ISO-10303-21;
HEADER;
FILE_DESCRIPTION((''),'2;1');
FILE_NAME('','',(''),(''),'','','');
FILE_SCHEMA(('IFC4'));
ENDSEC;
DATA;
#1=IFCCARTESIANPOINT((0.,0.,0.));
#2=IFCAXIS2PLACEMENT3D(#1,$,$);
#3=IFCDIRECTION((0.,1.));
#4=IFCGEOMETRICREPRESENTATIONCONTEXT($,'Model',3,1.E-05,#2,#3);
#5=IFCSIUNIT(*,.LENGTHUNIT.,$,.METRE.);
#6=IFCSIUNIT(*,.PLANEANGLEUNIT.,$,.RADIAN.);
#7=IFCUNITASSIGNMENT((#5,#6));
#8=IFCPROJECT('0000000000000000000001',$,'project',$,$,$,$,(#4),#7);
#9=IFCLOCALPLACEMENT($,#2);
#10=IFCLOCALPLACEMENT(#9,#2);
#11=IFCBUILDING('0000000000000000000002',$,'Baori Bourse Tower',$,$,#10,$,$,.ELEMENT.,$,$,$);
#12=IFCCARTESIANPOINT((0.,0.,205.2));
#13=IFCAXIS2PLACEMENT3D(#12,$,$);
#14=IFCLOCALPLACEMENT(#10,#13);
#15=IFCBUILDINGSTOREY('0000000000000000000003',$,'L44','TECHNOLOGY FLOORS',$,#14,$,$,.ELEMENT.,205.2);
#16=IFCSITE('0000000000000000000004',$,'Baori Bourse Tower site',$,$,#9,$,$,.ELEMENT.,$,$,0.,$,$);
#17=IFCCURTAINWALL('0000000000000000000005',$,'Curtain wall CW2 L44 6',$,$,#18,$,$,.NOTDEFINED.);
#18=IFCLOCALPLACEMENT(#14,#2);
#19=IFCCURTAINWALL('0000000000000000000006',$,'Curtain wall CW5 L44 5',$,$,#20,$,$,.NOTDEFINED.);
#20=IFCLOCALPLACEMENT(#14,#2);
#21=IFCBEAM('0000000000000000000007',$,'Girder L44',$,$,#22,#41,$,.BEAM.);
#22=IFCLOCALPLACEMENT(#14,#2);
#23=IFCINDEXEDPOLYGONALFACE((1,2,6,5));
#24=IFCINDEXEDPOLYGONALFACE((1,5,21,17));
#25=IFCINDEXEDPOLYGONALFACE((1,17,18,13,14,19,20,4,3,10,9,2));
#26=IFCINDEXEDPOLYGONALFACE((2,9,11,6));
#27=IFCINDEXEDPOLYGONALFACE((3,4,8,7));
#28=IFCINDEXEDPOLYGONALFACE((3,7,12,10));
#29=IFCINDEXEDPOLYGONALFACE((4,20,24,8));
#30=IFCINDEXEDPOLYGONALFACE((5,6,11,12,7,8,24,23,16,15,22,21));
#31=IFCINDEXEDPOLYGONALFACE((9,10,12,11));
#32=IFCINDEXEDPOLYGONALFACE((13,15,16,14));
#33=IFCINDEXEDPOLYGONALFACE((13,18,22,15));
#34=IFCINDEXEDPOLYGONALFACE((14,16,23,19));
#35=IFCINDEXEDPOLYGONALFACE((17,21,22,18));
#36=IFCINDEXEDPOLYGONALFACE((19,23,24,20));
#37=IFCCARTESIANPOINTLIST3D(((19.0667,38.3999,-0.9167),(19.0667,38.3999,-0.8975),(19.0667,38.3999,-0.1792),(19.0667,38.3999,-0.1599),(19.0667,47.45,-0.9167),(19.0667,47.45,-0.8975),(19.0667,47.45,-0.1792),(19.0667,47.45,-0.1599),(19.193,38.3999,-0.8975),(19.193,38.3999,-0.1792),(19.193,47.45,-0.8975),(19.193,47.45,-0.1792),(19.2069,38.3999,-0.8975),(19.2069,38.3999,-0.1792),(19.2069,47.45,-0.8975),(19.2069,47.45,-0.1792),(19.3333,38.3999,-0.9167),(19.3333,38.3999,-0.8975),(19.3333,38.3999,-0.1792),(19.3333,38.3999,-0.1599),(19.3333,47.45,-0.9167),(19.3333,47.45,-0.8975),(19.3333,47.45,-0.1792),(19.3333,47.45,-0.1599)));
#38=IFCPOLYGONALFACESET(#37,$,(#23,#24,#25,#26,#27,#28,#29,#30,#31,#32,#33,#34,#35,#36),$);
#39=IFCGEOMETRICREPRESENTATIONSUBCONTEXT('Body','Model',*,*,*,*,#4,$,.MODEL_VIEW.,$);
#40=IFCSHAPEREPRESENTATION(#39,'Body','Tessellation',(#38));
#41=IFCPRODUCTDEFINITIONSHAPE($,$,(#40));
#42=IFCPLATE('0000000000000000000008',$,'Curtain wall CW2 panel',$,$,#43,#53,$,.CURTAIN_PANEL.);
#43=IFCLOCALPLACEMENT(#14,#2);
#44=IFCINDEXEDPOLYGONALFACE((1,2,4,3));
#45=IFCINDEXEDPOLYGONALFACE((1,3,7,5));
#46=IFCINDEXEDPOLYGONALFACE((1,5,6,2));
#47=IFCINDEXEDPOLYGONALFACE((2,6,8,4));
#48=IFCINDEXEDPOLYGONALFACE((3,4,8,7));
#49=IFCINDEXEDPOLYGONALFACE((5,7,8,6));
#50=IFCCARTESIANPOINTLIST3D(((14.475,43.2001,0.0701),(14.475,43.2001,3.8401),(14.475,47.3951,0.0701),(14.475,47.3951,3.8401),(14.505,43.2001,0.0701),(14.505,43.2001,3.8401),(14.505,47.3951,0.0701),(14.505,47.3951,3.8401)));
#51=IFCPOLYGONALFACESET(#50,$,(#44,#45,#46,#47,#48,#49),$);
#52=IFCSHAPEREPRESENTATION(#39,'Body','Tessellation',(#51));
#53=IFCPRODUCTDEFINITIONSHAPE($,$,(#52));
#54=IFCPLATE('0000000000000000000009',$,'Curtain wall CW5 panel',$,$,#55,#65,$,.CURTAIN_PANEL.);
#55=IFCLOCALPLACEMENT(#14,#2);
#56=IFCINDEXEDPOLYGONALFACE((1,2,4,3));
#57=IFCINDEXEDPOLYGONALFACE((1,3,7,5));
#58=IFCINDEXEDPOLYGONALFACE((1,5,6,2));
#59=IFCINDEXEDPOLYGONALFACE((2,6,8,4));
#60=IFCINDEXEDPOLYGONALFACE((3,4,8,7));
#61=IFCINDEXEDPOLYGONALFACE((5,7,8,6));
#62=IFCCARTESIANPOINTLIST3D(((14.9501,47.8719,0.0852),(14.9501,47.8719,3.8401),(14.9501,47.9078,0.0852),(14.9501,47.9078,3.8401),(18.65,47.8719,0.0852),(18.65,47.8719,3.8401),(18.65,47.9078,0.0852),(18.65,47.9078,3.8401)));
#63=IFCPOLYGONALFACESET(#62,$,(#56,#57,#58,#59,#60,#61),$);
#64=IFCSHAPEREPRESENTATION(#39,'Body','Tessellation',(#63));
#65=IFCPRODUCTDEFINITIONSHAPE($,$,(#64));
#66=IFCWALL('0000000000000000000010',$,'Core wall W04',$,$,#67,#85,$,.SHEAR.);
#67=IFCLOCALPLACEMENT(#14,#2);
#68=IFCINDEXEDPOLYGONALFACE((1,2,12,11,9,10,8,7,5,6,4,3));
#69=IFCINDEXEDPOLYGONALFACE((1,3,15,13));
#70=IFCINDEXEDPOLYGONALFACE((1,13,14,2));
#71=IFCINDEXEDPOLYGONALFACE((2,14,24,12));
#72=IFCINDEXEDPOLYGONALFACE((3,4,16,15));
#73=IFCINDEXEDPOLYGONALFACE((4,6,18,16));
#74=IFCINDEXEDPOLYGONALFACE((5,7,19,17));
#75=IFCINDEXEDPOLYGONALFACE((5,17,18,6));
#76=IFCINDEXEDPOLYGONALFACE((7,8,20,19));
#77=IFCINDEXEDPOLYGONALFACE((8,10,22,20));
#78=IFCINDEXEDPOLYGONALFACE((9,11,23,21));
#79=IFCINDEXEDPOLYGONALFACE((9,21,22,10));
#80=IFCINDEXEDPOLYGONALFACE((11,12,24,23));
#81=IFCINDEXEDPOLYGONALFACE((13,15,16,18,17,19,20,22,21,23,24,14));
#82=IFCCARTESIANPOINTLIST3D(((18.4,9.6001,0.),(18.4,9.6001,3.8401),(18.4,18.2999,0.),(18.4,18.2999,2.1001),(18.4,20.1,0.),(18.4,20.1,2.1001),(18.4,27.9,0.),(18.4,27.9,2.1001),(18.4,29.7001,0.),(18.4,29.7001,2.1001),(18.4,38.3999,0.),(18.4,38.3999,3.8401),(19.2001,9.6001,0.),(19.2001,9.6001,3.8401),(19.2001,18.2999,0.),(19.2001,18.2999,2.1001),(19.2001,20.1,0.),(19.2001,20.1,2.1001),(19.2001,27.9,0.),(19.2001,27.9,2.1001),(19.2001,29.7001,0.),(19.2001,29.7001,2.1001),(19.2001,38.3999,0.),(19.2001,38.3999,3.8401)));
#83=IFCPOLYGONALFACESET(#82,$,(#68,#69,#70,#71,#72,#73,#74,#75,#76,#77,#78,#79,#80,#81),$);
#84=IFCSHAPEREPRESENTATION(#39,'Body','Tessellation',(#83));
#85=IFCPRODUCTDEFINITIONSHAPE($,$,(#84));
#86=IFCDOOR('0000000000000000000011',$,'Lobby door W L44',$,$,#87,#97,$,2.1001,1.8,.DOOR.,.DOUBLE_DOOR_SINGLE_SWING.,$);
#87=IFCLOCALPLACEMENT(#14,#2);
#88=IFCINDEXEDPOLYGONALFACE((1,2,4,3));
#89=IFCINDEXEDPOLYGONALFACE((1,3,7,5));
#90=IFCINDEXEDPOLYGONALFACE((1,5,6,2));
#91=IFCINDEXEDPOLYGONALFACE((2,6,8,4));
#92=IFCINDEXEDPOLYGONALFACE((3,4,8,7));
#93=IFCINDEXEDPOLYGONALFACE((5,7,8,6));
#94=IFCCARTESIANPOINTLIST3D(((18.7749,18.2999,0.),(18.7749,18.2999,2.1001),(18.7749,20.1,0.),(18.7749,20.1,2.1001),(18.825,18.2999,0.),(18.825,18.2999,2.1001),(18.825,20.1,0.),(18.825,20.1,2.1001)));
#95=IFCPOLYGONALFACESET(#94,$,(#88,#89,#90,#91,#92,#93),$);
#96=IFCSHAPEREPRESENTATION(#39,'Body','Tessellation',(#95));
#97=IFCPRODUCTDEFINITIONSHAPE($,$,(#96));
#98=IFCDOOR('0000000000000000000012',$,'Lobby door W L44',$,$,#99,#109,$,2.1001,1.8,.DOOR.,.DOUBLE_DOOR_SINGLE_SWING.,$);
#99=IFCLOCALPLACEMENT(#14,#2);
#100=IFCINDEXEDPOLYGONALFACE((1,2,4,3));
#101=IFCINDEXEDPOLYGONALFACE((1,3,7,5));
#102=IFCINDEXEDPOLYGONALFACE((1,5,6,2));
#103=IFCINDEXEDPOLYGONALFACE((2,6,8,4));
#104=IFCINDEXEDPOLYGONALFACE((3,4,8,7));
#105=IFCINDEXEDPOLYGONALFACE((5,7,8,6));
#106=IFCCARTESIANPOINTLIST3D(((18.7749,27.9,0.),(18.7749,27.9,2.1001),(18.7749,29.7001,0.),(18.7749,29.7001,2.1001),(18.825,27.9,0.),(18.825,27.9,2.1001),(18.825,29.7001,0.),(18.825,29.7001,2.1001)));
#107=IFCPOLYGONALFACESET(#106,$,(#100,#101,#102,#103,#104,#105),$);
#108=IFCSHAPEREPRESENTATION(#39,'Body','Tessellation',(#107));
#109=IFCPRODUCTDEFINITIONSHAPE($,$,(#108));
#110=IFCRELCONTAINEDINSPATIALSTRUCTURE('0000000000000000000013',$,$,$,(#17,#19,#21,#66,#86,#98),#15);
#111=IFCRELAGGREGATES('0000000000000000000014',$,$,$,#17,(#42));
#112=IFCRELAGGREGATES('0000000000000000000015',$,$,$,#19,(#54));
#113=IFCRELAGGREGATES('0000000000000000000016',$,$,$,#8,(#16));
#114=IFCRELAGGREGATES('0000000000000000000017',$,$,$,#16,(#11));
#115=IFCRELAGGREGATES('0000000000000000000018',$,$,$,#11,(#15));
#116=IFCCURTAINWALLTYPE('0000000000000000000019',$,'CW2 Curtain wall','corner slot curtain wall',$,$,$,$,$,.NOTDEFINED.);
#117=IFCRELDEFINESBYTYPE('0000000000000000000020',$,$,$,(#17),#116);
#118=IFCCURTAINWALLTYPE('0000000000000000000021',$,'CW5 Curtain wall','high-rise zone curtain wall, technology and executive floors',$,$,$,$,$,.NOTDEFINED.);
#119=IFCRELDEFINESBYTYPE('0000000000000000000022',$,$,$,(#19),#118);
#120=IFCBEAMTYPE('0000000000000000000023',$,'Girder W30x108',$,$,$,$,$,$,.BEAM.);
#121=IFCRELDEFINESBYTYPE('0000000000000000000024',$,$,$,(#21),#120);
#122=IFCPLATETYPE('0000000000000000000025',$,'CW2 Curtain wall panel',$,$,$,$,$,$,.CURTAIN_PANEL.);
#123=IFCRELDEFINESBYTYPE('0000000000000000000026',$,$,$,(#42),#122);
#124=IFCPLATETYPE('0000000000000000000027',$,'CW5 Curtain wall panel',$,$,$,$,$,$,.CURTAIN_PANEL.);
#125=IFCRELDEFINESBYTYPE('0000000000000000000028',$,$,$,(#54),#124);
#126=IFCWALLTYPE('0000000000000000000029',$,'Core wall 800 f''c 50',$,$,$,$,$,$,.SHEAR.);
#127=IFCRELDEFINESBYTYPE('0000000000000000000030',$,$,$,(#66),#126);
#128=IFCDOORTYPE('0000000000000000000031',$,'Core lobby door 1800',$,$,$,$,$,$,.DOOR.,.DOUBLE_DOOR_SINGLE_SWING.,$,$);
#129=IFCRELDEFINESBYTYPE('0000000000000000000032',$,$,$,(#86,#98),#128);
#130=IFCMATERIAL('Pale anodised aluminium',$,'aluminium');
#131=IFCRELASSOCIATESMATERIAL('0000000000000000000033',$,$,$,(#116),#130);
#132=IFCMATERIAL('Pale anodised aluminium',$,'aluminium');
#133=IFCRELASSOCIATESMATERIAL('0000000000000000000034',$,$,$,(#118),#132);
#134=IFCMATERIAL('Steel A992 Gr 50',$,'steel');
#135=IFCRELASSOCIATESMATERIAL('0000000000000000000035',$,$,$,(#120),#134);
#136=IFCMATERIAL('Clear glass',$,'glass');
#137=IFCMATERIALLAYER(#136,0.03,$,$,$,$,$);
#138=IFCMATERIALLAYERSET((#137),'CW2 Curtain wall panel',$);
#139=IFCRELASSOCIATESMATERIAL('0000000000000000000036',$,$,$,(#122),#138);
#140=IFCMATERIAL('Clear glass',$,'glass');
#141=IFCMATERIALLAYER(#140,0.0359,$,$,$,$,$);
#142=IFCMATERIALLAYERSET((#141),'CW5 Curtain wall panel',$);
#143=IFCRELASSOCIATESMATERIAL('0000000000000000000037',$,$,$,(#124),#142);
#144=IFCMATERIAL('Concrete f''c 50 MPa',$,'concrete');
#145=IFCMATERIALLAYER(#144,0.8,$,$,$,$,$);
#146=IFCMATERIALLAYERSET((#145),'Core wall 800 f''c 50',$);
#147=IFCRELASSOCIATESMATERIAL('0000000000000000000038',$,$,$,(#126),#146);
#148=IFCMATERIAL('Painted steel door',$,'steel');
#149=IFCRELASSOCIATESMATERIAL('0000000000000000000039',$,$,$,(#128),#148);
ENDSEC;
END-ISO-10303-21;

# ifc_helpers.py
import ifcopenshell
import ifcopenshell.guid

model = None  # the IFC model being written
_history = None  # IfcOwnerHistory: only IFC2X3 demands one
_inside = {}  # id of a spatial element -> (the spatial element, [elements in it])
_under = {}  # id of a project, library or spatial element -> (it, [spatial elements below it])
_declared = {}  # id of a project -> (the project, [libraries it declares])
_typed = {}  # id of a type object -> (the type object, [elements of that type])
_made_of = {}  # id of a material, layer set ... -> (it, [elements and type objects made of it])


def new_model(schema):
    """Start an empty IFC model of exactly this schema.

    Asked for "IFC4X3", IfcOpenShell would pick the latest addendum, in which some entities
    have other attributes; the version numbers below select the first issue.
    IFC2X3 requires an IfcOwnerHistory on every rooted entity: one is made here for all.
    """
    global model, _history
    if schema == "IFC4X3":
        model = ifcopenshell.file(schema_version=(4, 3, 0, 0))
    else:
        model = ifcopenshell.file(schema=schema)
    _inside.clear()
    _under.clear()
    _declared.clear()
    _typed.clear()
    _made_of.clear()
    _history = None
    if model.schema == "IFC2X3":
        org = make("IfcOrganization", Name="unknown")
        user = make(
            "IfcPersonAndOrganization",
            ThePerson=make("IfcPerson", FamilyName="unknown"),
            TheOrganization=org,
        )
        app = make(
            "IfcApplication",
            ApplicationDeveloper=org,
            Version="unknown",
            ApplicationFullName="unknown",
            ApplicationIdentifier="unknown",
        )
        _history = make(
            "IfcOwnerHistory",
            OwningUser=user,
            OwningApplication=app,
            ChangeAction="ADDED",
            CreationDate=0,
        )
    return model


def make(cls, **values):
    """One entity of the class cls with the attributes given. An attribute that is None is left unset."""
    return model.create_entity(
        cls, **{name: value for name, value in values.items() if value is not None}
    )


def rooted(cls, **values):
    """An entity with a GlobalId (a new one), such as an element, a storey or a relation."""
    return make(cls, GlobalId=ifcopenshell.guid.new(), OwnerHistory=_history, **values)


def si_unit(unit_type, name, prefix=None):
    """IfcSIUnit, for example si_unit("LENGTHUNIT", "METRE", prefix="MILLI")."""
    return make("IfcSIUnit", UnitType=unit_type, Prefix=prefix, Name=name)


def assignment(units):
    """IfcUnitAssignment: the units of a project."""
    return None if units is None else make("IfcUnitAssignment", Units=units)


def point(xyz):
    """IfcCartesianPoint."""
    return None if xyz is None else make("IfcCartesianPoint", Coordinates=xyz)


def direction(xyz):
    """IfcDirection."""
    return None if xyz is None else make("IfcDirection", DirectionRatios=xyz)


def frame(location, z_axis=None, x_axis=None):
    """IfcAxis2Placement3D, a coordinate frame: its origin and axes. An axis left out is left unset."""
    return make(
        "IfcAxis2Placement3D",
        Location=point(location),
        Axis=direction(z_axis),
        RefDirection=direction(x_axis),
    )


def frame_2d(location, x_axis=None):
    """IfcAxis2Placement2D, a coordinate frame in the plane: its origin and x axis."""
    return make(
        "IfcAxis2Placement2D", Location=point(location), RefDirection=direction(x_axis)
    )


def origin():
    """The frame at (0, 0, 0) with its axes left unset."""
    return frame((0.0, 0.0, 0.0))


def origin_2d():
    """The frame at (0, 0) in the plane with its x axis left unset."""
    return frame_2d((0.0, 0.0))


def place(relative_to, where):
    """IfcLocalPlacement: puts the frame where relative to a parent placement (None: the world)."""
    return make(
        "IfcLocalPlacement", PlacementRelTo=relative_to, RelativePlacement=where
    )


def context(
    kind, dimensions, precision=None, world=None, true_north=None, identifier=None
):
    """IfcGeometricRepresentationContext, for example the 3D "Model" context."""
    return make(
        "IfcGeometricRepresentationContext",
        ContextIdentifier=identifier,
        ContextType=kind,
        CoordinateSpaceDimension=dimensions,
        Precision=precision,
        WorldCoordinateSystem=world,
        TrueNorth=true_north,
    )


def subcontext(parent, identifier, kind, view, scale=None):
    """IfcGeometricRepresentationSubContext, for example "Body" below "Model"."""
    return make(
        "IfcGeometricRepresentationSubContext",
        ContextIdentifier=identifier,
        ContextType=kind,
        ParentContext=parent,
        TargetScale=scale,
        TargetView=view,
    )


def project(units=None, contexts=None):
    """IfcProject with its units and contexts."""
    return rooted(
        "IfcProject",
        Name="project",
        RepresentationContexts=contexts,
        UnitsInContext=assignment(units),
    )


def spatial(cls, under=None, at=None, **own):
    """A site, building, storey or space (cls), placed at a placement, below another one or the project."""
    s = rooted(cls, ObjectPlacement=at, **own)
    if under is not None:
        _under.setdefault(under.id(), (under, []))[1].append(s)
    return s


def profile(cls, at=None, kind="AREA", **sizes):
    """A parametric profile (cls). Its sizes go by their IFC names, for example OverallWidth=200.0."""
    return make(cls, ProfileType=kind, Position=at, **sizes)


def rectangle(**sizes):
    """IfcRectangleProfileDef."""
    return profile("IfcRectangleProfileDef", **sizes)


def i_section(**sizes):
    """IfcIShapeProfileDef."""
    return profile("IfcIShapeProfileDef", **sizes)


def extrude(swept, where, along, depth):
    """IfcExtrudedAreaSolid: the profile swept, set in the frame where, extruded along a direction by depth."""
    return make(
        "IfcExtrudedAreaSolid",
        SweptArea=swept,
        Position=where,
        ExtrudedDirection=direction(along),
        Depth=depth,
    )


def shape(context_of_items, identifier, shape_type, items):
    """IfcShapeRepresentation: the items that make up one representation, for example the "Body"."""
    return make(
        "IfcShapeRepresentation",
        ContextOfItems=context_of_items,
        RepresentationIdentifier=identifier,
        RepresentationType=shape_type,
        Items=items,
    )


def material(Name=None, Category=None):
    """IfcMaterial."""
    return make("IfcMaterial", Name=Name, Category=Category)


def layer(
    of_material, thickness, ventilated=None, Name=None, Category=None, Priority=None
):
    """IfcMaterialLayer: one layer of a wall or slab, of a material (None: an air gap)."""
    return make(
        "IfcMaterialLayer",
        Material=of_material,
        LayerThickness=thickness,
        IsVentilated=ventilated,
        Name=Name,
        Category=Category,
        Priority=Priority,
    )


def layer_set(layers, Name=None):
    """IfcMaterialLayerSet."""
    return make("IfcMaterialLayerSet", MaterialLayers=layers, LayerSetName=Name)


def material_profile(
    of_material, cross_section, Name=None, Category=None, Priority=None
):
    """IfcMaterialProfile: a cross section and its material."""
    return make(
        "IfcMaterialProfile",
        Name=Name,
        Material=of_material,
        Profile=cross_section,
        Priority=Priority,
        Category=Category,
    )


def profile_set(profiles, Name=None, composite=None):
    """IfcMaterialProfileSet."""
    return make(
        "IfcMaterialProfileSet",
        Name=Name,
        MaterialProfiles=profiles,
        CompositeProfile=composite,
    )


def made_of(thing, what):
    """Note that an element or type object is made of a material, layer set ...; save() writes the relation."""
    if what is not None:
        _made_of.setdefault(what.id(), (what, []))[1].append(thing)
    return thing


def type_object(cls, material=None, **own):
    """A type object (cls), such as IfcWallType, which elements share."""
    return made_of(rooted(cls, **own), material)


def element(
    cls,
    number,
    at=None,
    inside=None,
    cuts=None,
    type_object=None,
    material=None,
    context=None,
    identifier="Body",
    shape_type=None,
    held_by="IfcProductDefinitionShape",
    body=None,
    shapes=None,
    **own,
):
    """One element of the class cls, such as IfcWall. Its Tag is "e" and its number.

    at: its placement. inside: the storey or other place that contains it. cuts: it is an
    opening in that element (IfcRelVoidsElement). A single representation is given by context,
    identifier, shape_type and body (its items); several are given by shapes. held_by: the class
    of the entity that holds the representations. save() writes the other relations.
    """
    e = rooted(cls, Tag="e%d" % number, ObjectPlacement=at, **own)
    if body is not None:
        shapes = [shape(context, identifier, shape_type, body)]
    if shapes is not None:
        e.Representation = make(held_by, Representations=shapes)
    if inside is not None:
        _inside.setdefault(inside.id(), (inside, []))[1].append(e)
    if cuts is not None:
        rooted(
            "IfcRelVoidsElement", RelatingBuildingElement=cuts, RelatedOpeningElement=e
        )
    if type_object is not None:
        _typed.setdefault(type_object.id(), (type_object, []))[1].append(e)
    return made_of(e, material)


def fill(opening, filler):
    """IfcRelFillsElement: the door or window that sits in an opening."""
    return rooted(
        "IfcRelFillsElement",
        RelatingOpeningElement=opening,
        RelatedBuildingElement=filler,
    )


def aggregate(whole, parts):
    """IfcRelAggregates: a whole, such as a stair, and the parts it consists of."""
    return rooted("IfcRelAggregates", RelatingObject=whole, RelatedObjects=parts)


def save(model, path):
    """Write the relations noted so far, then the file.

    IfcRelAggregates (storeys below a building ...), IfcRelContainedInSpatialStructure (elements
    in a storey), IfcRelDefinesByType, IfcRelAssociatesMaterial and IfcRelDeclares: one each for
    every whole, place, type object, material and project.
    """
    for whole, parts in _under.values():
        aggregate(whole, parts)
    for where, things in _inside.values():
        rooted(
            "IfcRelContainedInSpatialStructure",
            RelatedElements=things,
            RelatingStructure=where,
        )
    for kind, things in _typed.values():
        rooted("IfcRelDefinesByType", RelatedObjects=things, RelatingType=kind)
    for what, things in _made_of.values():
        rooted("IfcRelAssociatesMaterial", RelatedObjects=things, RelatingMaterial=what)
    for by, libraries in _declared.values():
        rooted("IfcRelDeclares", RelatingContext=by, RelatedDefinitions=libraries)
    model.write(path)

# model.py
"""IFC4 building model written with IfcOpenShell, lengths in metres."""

from ifc_helpers import new_model, si_unit, direction, frame, frame_2d, origin, origin_2d, place, context, subcontext, project, spatial, rectangle, i_section, extrude, material, layer, layer_set, material_profile, profile_set, type_object, element, fill, aggregate, save


model = new_model("IFC4")

# Units and contexts
model_context = context("Model", 3, precision=1e-05, world=origin(), true_north=direction((0.0, 1.0)))
body_context = subcontext(model_context, "Body", "Model", "MODEL_VIEW")
ifc_project = project(units=[si_unit("LENGTHUNIT", "METRE"), si_unit("PLANEANGLEUNIT", "RADIAN")], contexts=[model_context])

# Site, building, storey
site_placement = place(None, origin())
site = spatial("IfcSite", under=ifc_project, at=site_placement, Name="Baori Bourse Tower site", CompositionType="ELEMENT", RefElevation=0.0)
building_placement = place(site_placement, origin())
building = spatial("IfcBuilding", under=site, at=building_placement, Name="Baori Bourse Tower", CompositionType="ELEMENT")
storey_placement = place(building_placement, frame((0.0, 0.0, 205.2)))
storey = spatial("IfcBuildingStorey", under=building, at=storey_placement, Name="L44", Description="TECHNOLOGY FLOORS", CompositionType="ELEMENT", Elevation=205.2)

# Curtain wall
ifc_material_1 = material(Name="Pale anodised aluminium", Category="aluminium")
curtain_wall_type_1 = type_object("IfcCurtainWallType", Name="CW2 Curtain wall", Description="corner slot curtain wall", PredefinedType="NOTDEFINED", material=ifc_material_1)
curtain_wall_1_placement = place(storey_placement, origin())
curtain_wall_1 = element("IfcCurtainWall", 1, at=curtain_wall_1_placement, inside=storey, type_object=curtain_wall_type_1, Name="Curtain wall CW2 L44 6", PredefinedType="NOTDEFINED")

# Curtain wall
ifc_material_2 = material(Name="Pale anodised aluminium", Category="aluminium")
curtain_wall_type_2 = type_object("IfcCurtainWallType", Name="CW5 Curtain wall", Description="high-rise zone curtain wall, technology and executive floors", PredefinedType="NOTDEFINED", material=ifc_material_2)
curtain_wall_2_placement = place(storey_placement, origin())
curtain_wall_2 = element("IfcCurtainWall", 2, at=curtain_wall_2_placement, inside=storey, type_object=curtain_wall_type_2, Name="Curtain wall CW5 L44 5", PredefinedType="NOTDEFINED")

# Beam
ifc_material_3 = material(Name="Steel A992 Gr 50", Category="steel")
ifc_material_profile_1 = material_profile(ifc_material_3, i_section(OverallWidth=0.2666, OverallDepth=0.7568, WebThickness=0.0139, FlangeThickness=0.0193, at=origin_2d()), Name="W30x108")
ifc_profile_set_1 = profile_set([ifc_material_profile_1], Name="Steel A992 Gr 50")
beam_type_1 = type_object("IfcBeamType", Name="Girder W30x108", PredefinedType="BEAM", material=ifc_profile_set_1)
beam_1_placement = place(storey_placement, frame((19.2, 38.3999, -0.5383), z_axis=(0.0, 1.0, 0.0), x_axis=(-1.0, 0.0, 0.0)))
element("IfcBeam", 3, at=beam_1_placement, inside=storey, type_object=beam_type_1, Name="Girder L44", PredefinedType="BEAM", context=body_context, shape_type="SweptSolid", body=[
    extrude(i_section(OverallWidth=0.2666, OverallDepth=0.7568, WebThickness=0.0139, FlangeThickness=0.0193, at=origin_2d()), origin(), (0.0, 0.0, 1.0), 9.05),
])

# Plates
ifc_material_4 = material(Name="Clear glass", Category="glass")
ifc_layer_1 = layer(ifc_material_4, 0.03)
ifc_layer_set_1 = layer_set([ifc_layer_1], Name="CW2 Curtain wall panel")
plate_type_1 = type_object("IfcPlateType", Name="CW2 Curtain wall panel", PredefinedType="CURTAIN_PANEL", material=ifc_layer_set_1)
plate_1_placement = place(storey_placement, frame((14.49, 45.2976, 0.0701), z_axis=(0.0, 0.0, 1.0), x_axis=(0.0, -1.0, 0.0)))
plate_1 = element("IfcPlate", 4, at=plate_1_placement, type_object=plate_type_1, Name="Curtain wall CW2 panel", PredefinedType="CURTAIN_PANEL", context=body_context, shape_type="SweptSolid", body=[
    extrude(rectangle(XDim=4.1951, YDim=0.03, at=origin_2d()), origin(), (0.0, 0.0, 1.0), 3.77),
])
aggregate(curtain_wall_1, [plate_1])
ifc_material_5 = material(Name="Clear glass", Category="glass")
ifc_layer_2 = layer(ifc_material_5, 0.0359)
ifc_layer_set_2 = layer_set([ifc_layer_2], Name="CW5 Curtain wall panel")
plate_type_2 = type_object("IfcPlateType", Name="CW5 Curtain wall panel", PredefinedType="CURTAIN_PANEL", material=ifc_layer_set_2)
plate_2_placement = place(storey_placement, frame((16.8, 47.8899, 0.0852), z_axis=(0.0, 0.0, 1.0), x_axis=(-1.0, 0.0, 0.0)))
plate_2 = element("IfcPlate", 5, at=plate_2_placement, type_object=plate_type_2, Name="Curtain wall CW5 panel", PredefinedType="CURTAIN_PANEL", context=body_context, shape_type="SweptSolid", body=[
    extrude(rectangle(XDim=3.7, YDim=0.0359, at=origin_2d()), origin(), (0.0, 0.0, 1.0), 3.7549),
])
aggregate(curtain_wall_2, [plate_2])

# Wall, openings, doors
ifc_material_6 = material(Name="Concrete f'c 50 MPa", Category="concrete")
ifc_layer_3 = layer(ifc_material_6, 0.8)
ifc_layer_set_3 = layer_set([ifc_layer_3], Name="Core wall 800 f'c 50")
wall_type_1 = type_object("IfcWallType", Name="Core wall 800 f'c 50", PredefinedType="SHEAR", material=ifc_layer_set_3)
wall_1_placement = place(storey_placement, frame((18.8, 38.3999, 0.0), z_axis=(0.0, 0.0, 1.0), x_axis=(0.0, -1.0, 0.0)))
wall_1 = element("IfcWall", 6, at=wall_1_placement, inside=storey, type_object=wall_type_1, Name="Core wall W04", PredefinedType="SHEAR", context=body_context, shape_type="SweptSolid", body=[
    extrude(rectangle(XDim=28.7998, YDim=0.8, at=frame_2d((14.3999, 0.0))), origin(), (0.0, 0.0, 1.0), 3.8401),
])
opening_1_placement = place(wall_1_placement, frame((18.3, 0.0, 0.0)))
opening_1 = element("IfcOpeningElement", 7, at=opening_1_placement, cuts=wall_1, PredefinedType="OPENING", context=body_context, shape_type="SweptSolid", body=[
    extrude(rectangle(XDim=1.8, YDim=2.1001, at=frame_2d((0.8999, 1.05))), frame((0.0, 0.4099, 0.0), z_axis=(0.0, -1.0, 0.0), x_axis=(1.0, 0.0, 0.0)), (0.0, 0.0, 1.0), 0.8201),
])
opening_2_placement = place(wall_1_placement, frame((8.7, 0.0, 0.0)))
opening_2 = element("IfcOpeningElement", 8, at=opening_2_placement, cuts=wall_1, PredefinedType="OPENING", context=body_context, shape_type="SweptSolid", body=[
    extrude(rectangle(XDim=1.8, YDim=2.1001, at=frame_2d((0.8999, 1.05))), frame((0.0, 0.4099, 0.0), z_axis=(0.0, -1.0, 0.0), x_axis=(1.0, 0.0, 0.0)), (0.0, 0.0, 1.0), 0.8201),
])
ifc_material_7 = material(Name="Painted steel door", Category="steel")
door_type_1 = type_object("IfcDoorType", Name="Core lobby door 1800", OperationType="DOUBLE_DOOR_SINGLE_SWING", PredefinedType="DOOR", material=ifc_material_7)
door_1_placement = place(opening_1_placement, origin())
door_1 = element("IfcDoor", 9, at=door_1_placement, inside=storey, type_object=door_type_1, Name="Lobby door W L44", OperationType="DOUBLE_DOOR_SINGLE_SWING", OverallHeight=2.1001, OverallWidth=1.8, PredefinedType="DOOR", context=body_context, shape_type="SweptSolid", body=[
    extrude(rectangle(XDim=1.8, YDim=2.1001, at=frame_2d((0.8999, 1.05))), frame((0.0, 0.0249, 0.0), z_axis=(0.0, -1.0, 0.0), x_axis=(1.0, 0.0, 0.0)), (0.0, 0.0, 1.0), 0.05),
])
fill(opening_1, door_1)
door_2_placement = place(opening_2_placement, origin())
door_2 = element("IfcDoor", 10, at=door_2_placement, inside=storey, type_object=door_type_1, Name="Lobby door W L44", OperationType="DOUBLE_DOOR_SINGLE_SWING", OverallHeight=2.1001, OverallWidth=1.8, PredefinedType="DOOR", context=body_context, shape_type="SweptSolid", body=[
    extrude(rectangle(XDim=1.8, YDim=2.1001, at=frame_2d((0.8999, 1.05))), frame((0.0, 0.0249, 0.0), z_axis=(0.0, -1.0, 0.0), x_axis=(1.0, 0.0, 0.0)), (0.0, 0.0, 1.0), 0.05),
])
fill(opening_2, door_2)

save(model, "model.ifc")
